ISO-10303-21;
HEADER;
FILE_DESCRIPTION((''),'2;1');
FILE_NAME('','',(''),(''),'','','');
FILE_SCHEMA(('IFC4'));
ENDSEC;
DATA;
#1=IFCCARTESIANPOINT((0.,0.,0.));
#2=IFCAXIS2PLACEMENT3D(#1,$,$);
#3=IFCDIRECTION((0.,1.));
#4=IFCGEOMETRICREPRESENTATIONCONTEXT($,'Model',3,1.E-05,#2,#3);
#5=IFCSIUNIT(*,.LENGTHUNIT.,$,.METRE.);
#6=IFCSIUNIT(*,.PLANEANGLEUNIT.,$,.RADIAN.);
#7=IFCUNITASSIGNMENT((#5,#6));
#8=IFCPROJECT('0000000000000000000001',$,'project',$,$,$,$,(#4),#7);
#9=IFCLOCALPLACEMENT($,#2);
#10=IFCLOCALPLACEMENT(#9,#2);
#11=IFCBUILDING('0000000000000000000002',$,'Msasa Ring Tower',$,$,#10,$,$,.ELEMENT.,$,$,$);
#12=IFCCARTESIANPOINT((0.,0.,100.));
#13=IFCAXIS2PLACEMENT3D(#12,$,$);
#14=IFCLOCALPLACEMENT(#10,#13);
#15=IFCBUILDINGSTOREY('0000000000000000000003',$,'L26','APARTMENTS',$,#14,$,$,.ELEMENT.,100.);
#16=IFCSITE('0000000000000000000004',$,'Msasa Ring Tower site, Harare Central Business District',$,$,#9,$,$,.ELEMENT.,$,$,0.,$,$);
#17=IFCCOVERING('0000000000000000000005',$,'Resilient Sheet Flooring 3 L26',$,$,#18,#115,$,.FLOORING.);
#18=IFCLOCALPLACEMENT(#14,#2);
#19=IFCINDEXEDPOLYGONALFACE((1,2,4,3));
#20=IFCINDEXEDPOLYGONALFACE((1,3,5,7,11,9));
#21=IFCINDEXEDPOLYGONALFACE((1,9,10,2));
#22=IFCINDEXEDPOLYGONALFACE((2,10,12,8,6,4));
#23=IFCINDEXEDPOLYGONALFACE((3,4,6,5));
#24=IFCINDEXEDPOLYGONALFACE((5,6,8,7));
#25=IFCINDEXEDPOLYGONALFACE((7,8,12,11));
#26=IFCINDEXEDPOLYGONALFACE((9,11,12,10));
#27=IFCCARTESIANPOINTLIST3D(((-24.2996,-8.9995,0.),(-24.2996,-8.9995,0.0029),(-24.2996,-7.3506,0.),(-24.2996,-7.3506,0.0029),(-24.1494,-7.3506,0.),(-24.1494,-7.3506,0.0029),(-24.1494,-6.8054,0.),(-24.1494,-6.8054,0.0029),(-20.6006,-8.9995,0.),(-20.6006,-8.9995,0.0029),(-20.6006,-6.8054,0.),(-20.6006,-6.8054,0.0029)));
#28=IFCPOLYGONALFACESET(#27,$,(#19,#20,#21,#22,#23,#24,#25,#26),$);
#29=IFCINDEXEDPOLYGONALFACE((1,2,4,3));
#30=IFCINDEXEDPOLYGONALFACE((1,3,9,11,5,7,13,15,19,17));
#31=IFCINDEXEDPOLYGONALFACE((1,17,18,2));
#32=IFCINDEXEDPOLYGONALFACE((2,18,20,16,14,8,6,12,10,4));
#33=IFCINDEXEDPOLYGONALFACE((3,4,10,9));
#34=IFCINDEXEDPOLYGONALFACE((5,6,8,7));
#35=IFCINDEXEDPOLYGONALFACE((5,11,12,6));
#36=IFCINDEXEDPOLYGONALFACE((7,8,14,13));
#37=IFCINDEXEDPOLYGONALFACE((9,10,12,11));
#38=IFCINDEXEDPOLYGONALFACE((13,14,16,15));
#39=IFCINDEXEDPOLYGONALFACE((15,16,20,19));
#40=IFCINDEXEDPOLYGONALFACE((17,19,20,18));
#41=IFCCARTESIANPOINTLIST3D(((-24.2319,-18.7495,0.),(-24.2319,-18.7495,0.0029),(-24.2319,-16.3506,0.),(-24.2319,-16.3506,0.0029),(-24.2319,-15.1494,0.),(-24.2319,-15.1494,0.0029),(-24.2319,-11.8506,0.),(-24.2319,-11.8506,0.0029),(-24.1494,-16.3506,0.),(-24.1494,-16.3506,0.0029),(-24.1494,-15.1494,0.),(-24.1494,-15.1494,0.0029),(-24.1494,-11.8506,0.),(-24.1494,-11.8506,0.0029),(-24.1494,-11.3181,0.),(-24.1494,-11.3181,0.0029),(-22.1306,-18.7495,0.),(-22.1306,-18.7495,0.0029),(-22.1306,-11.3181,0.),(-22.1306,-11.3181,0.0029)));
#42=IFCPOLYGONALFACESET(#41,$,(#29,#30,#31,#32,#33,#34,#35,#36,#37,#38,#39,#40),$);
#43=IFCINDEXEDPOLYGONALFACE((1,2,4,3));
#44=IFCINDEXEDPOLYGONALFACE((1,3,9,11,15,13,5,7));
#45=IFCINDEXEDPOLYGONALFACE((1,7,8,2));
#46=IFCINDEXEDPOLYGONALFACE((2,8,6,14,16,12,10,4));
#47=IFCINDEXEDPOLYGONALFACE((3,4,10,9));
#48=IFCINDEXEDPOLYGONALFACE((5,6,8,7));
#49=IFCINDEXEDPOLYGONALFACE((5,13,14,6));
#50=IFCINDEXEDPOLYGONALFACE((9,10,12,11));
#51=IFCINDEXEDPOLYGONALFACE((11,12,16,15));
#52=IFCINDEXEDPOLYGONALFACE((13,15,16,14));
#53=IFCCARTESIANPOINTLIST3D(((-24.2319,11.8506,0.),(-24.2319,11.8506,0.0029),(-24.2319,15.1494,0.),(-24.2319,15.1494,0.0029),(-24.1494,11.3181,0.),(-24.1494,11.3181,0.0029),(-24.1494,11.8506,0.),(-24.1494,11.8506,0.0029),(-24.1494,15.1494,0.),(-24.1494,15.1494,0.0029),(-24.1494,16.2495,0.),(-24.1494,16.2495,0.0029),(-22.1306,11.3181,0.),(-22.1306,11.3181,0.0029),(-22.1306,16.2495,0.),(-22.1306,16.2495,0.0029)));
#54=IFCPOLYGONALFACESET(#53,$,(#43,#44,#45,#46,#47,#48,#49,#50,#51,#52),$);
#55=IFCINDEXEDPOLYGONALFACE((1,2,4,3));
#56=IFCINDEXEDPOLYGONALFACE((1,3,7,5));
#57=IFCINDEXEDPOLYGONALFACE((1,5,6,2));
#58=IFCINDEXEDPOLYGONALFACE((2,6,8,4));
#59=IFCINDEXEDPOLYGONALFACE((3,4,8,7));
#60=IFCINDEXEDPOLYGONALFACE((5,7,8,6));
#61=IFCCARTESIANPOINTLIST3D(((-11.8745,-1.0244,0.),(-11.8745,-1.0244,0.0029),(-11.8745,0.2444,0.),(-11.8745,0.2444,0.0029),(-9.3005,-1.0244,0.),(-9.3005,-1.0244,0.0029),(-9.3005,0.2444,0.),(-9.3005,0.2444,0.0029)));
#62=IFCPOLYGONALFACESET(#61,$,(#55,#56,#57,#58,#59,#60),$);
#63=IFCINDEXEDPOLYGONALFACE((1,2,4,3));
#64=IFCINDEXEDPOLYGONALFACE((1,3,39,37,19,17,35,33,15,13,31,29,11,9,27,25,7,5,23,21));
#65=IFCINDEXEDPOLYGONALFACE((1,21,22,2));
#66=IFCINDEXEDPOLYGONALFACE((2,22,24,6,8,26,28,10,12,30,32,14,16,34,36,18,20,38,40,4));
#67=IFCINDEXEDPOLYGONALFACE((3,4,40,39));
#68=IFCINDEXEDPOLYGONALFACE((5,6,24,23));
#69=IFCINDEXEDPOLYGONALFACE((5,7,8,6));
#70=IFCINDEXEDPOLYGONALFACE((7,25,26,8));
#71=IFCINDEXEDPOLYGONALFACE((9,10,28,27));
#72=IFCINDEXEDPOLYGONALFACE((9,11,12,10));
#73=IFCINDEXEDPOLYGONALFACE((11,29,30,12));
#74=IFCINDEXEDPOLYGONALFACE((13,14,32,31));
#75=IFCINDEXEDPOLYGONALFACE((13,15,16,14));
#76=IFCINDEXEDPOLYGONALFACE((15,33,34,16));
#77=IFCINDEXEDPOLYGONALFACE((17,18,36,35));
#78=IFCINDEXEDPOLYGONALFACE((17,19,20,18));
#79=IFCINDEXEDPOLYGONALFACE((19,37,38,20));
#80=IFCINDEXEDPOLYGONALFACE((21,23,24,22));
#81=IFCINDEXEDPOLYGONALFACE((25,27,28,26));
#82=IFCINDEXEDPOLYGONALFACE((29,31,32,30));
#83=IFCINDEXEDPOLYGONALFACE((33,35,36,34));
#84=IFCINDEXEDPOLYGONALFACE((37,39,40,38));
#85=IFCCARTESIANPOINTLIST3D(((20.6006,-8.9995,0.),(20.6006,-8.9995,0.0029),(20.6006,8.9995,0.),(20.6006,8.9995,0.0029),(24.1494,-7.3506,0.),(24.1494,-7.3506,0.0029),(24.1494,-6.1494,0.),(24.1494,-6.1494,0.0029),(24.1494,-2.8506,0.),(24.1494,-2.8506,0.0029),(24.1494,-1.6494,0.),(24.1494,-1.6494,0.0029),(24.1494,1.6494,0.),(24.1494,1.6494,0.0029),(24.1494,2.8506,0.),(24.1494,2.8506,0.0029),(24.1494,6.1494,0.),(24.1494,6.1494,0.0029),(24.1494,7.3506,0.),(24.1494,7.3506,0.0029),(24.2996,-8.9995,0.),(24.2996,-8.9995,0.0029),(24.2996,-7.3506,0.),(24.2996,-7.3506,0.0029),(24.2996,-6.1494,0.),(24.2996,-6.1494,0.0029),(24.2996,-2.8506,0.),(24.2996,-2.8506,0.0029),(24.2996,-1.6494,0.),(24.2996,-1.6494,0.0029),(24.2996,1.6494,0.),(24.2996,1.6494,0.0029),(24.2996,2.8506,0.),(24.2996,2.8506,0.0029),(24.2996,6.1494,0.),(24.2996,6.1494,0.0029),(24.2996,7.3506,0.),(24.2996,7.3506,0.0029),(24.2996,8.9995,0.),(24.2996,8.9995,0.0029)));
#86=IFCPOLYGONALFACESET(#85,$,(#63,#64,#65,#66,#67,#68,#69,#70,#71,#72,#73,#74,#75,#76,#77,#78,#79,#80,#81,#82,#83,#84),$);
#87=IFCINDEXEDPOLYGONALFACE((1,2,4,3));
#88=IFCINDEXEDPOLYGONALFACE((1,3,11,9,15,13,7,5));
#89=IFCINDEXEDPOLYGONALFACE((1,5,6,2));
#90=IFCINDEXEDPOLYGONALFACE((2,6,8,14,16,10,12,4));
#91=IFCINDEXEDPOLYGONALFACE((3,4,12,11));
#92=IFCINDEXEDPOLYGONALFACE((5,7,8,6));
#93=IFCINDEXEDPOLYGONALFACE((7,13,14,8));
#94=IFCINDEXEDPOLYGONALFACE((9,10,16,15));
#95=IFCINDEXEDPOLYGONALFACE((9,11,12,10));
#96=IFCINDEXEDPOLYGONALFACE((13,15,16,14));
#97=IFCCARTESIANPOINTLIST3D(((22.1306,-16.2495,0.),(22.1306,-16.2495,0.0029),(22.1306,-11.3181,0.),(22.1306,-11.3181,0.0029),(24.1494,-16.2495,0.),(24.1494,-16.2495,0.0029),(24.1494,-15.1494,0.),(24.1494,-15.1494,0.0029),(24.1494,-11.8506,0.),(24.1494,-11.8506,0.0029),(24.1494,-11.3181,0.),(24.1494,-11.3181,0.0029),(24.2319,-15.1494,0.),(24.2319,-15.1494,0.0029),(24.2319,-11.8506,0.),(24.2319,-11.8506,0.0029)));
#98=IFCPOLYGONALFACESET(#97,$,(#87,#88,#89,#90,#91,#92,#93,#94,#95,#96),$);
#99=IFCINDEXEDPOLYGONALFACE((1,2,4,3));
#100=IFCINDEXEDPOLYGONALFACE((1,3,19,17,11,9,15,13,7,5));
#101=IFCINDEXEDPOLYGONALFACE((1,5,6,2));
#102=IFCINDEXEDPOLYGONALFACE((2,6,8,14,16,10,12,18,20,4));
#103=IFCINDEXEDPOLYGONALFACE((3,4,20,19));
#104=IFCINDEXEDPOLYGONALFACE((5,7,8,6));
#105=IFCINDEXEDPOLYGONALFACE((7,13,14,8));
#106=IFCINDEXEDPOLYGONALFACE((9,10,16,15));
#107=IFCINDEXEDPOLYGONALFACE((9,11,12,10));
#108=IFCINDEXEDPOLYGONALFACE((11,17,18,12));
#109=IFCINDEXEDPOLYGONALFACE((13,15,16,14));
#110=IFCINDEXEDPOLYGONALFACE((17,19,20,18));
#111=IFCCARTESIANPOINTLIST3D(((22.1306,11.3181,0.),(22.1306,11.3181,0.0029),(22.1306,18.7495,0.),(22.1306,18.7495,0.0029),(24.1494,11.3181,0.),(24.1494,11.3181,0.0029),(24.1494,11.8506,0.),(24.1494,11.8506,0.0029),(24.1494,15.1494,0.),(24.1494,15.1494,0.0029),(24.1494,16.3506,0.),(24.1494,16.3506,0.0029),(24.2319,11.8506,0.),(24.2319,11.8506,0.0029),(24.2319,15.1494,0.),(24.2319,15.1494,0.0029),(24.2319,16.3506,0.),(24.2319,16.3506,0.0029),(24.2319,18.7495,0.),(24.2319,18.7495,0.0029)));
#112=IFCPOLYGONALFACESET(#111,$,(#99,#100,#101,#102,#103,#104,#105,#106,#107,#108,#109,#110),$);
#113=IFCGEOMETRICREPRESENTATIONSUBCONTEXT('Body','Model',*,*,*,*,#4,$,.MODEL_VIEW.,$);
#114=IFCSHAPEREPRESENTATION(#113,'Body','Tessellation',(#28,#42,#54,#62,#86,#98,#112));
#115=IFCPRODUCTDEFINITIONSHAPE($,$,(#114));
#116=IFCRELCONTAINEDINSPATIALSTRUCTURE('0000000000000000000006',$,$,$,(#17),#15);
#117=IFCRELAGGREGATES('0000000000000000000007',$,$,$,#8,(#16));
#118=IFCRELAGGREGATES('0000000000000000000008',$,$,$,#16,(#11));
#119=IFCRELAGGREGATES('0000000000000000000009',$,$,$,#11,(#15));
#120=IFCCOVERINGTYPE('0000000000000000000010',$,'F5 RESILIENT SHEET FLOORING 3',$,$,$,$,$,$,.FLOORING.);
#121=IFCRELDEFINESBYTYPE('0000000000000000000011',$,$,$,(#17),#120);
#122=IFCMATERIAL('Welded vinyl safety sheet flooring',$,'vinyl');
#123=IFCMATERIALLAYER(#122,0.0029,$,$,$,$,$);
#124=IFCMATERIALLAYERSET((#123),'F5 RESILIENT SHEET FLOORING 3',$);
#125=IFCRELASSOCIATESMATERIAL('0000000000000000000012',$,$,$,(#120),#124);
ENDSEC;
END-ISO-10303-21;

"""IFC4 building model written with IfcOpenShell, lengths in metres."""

from ifc_helpers import new_model, si_unit, direction, frame, origin, place, context, subcontext, project, spatial, line, indexed_curve, outline, extrude, material, layer, layer_set, type_object, element, save


model = new_model("IFC4")

# Units and contexts
model_context = context("Model", 3, precision=1e-05, world=origin(), true_north=direction((0.0, 1.0)))
body_context = subcontext(model_context, "Body", "Model", "MODEL_VIEW")
ifc_project = project(units=[si_unit("LENGTHUNIT", "METRE"), si_unit("PLANEANGLEUNIT", "RADIAN")], contexts=[model_context])

# Site, building, storey
site_placement = place(None, origin())
site = spatial("IfcSite", under=ifc_project, at=site_placement, Name="Msasa Ring Tower site, Harare Central Business District", CompositionType="ELEMENT", RefElevation=0.0)
building_placement = place(site_placement, origin())
building = spatial("IfcBuilding", under=site, at=building_placement, Name="Msasa Ring Tower", CompositionType="ELEMENT")
storey_placement = place(building_placement, frame((0.0, 0.0, 100.0)))
storey = spatial("IfcBuildingStorey", under=building, at=storey_placement, Name="L26", Description="APARTMENTS", CompositionType="ELEMENT", Elevation=100.0)

# Covering
ifc_material_1 = material(Name="Welded vinyl safety sheet flooring", Category="vinyl")
ifc_layer_1 = layer(ifc_material_1, 0.0029)
ifc_layer_set_1 = layer_set([ifc_layer_1], Name="F5 RESILIENT SHEET FLOORING 3")
covering_type_1 = type_object("IfcCoveringType", Name="F5 RESILIENT SHEET FLOORING 3", PredefinedType="FLOORING", material=ifc_layer_set_1)
covering_1_placement = place(storey_placement, origin())
element("IfcCovering", 1, at=covering_1_placement, inside=storey, type_object=covering_type_1, Name="Resilient Sheet Flooring 3 L26", PredefinedType="FLOORING", context=body_context, shape_type="SweptSolid", body=[
    extrude(outline(indexed_curve([(-20.6006, -8.9995), (-24.2996, -8.9995), (-24.2996, -7.3506), (-24.1494, -7.3506), (-24.1494, -6.8054), (-20.6006, -6.8054)], segments=[line(1, 2, 3, 4, 5, 6, 1)], self_intersect=False)), origin(), (0.0, 0.0, 1.0), 0.0029),
    extrude(outline(indexed_curve([(-24.2319, -16.3506), (-24.1494, -16.3506), (-24.1494, -15.1494), (-24.2319, -15.1494), (-24.2319, -11.8506), (-24.1494, -11.8506), (-24.1494, -11.3181), (-22.1306, -11.3181), (-22.1306, -18.7495), (-24.2319, -18.7495)], segments=[line(1, 2, 3, 4, 5, 6, 7, 8, 9, 10, 1)], self_intersect=False)), origin(), (0.0, 0.0, 1.0), 0.0029),
    extrude(outline(indexed_curve([(-24.2319, 15.1494), (-24.1494, 15.1494), (-24.1494, 16.2495), (-22.1306, 16.2495), (-22.1306, 11.3181), (-24.1494, 11.3181), (-24.1494, 11.8506), (-24.2319, 11.8506)], segments=[line(1, 2, 3, 4, 5, 6, 7, 8, 1)], self_intersect=False)), origin(), (0.0, 0.0, 1.0), 0.0029),
    extrude(outline(indexed_curve([(-11.8745, 0.2444), (-9.3005, 0.2444), (-9.3005, -1.0244), (-11.8745, -1.0244)], segments=[line(1, 2, 3, 4, 1)], self_intersect=False)), origin(), (0.0, 0.0, 1.0), 0.0029),
    extrude(outline(indexed_curve([(20.6006, -8.9995), (20.6006, 8.9995), (24.2996, 8.9995), (24.2996, 7.3506), (24.1494, 7.3506), (24.1494, 6.1494), (24.2996, 6.1494), (24.2996, 2.8506), (24.1494, 2.8506), (24.1494, 1.6494), (24.2996, 1.6494), (24.2996, -1.6494), (24.1494, -1.6494), (24.1494, -2.8506), (24.2996, -2.8506), (24.2996, -6.1494), (24.1494, -6.1494), (24.1494, -7.3506), (24.2996, -7.3506), (24.2996, -8.9995)], segments=[line(1, 2, 3, 4, 5, 6, 7, 8, 9, 10, 11, 12, 13, 14, 15, 16, 17, 18, 19, 20, 1)], self_intersect=False)), origin(), (0.0, 0.0, 1.0), 0.0029),
    extrude(outline(indexed_curve([(22.1306, -11.3181), (24.1494, -11.3181), (24.1494, -11.8506), (24.2319, -11.8506), (24.2319, -15.1494), (24.1494, -15.1494), (24.1494, -16.2495), (22.1306, -16.2495)], segments=[line(1, 2, 3, 4, 5, 6, 7, 8, 1)], self_intersect=False)), origin(), (0.0, 0.0, 1.0), 0.0029),
    extrude(outline(indexed_curve([(22.1306, 18.7495), (24.2319, 18.7495), (24.2319, 16.3506), (24.1494, 16.3506), (24.1494, 15.1494), (24.2319, 15.1494), (24.2319, 11.8506), (24.1494, 11.8506), (24.1494, 11.3181), (22.1306, 11.3181)], segments=[line(1, 2, 3, 4, 5, 6, 7, 8, 9, 10, 1)], self_intersect=False)), origin(), (0.0, 0.0, 1.0), 0.0029),
])

save(model, "model.ifc")
